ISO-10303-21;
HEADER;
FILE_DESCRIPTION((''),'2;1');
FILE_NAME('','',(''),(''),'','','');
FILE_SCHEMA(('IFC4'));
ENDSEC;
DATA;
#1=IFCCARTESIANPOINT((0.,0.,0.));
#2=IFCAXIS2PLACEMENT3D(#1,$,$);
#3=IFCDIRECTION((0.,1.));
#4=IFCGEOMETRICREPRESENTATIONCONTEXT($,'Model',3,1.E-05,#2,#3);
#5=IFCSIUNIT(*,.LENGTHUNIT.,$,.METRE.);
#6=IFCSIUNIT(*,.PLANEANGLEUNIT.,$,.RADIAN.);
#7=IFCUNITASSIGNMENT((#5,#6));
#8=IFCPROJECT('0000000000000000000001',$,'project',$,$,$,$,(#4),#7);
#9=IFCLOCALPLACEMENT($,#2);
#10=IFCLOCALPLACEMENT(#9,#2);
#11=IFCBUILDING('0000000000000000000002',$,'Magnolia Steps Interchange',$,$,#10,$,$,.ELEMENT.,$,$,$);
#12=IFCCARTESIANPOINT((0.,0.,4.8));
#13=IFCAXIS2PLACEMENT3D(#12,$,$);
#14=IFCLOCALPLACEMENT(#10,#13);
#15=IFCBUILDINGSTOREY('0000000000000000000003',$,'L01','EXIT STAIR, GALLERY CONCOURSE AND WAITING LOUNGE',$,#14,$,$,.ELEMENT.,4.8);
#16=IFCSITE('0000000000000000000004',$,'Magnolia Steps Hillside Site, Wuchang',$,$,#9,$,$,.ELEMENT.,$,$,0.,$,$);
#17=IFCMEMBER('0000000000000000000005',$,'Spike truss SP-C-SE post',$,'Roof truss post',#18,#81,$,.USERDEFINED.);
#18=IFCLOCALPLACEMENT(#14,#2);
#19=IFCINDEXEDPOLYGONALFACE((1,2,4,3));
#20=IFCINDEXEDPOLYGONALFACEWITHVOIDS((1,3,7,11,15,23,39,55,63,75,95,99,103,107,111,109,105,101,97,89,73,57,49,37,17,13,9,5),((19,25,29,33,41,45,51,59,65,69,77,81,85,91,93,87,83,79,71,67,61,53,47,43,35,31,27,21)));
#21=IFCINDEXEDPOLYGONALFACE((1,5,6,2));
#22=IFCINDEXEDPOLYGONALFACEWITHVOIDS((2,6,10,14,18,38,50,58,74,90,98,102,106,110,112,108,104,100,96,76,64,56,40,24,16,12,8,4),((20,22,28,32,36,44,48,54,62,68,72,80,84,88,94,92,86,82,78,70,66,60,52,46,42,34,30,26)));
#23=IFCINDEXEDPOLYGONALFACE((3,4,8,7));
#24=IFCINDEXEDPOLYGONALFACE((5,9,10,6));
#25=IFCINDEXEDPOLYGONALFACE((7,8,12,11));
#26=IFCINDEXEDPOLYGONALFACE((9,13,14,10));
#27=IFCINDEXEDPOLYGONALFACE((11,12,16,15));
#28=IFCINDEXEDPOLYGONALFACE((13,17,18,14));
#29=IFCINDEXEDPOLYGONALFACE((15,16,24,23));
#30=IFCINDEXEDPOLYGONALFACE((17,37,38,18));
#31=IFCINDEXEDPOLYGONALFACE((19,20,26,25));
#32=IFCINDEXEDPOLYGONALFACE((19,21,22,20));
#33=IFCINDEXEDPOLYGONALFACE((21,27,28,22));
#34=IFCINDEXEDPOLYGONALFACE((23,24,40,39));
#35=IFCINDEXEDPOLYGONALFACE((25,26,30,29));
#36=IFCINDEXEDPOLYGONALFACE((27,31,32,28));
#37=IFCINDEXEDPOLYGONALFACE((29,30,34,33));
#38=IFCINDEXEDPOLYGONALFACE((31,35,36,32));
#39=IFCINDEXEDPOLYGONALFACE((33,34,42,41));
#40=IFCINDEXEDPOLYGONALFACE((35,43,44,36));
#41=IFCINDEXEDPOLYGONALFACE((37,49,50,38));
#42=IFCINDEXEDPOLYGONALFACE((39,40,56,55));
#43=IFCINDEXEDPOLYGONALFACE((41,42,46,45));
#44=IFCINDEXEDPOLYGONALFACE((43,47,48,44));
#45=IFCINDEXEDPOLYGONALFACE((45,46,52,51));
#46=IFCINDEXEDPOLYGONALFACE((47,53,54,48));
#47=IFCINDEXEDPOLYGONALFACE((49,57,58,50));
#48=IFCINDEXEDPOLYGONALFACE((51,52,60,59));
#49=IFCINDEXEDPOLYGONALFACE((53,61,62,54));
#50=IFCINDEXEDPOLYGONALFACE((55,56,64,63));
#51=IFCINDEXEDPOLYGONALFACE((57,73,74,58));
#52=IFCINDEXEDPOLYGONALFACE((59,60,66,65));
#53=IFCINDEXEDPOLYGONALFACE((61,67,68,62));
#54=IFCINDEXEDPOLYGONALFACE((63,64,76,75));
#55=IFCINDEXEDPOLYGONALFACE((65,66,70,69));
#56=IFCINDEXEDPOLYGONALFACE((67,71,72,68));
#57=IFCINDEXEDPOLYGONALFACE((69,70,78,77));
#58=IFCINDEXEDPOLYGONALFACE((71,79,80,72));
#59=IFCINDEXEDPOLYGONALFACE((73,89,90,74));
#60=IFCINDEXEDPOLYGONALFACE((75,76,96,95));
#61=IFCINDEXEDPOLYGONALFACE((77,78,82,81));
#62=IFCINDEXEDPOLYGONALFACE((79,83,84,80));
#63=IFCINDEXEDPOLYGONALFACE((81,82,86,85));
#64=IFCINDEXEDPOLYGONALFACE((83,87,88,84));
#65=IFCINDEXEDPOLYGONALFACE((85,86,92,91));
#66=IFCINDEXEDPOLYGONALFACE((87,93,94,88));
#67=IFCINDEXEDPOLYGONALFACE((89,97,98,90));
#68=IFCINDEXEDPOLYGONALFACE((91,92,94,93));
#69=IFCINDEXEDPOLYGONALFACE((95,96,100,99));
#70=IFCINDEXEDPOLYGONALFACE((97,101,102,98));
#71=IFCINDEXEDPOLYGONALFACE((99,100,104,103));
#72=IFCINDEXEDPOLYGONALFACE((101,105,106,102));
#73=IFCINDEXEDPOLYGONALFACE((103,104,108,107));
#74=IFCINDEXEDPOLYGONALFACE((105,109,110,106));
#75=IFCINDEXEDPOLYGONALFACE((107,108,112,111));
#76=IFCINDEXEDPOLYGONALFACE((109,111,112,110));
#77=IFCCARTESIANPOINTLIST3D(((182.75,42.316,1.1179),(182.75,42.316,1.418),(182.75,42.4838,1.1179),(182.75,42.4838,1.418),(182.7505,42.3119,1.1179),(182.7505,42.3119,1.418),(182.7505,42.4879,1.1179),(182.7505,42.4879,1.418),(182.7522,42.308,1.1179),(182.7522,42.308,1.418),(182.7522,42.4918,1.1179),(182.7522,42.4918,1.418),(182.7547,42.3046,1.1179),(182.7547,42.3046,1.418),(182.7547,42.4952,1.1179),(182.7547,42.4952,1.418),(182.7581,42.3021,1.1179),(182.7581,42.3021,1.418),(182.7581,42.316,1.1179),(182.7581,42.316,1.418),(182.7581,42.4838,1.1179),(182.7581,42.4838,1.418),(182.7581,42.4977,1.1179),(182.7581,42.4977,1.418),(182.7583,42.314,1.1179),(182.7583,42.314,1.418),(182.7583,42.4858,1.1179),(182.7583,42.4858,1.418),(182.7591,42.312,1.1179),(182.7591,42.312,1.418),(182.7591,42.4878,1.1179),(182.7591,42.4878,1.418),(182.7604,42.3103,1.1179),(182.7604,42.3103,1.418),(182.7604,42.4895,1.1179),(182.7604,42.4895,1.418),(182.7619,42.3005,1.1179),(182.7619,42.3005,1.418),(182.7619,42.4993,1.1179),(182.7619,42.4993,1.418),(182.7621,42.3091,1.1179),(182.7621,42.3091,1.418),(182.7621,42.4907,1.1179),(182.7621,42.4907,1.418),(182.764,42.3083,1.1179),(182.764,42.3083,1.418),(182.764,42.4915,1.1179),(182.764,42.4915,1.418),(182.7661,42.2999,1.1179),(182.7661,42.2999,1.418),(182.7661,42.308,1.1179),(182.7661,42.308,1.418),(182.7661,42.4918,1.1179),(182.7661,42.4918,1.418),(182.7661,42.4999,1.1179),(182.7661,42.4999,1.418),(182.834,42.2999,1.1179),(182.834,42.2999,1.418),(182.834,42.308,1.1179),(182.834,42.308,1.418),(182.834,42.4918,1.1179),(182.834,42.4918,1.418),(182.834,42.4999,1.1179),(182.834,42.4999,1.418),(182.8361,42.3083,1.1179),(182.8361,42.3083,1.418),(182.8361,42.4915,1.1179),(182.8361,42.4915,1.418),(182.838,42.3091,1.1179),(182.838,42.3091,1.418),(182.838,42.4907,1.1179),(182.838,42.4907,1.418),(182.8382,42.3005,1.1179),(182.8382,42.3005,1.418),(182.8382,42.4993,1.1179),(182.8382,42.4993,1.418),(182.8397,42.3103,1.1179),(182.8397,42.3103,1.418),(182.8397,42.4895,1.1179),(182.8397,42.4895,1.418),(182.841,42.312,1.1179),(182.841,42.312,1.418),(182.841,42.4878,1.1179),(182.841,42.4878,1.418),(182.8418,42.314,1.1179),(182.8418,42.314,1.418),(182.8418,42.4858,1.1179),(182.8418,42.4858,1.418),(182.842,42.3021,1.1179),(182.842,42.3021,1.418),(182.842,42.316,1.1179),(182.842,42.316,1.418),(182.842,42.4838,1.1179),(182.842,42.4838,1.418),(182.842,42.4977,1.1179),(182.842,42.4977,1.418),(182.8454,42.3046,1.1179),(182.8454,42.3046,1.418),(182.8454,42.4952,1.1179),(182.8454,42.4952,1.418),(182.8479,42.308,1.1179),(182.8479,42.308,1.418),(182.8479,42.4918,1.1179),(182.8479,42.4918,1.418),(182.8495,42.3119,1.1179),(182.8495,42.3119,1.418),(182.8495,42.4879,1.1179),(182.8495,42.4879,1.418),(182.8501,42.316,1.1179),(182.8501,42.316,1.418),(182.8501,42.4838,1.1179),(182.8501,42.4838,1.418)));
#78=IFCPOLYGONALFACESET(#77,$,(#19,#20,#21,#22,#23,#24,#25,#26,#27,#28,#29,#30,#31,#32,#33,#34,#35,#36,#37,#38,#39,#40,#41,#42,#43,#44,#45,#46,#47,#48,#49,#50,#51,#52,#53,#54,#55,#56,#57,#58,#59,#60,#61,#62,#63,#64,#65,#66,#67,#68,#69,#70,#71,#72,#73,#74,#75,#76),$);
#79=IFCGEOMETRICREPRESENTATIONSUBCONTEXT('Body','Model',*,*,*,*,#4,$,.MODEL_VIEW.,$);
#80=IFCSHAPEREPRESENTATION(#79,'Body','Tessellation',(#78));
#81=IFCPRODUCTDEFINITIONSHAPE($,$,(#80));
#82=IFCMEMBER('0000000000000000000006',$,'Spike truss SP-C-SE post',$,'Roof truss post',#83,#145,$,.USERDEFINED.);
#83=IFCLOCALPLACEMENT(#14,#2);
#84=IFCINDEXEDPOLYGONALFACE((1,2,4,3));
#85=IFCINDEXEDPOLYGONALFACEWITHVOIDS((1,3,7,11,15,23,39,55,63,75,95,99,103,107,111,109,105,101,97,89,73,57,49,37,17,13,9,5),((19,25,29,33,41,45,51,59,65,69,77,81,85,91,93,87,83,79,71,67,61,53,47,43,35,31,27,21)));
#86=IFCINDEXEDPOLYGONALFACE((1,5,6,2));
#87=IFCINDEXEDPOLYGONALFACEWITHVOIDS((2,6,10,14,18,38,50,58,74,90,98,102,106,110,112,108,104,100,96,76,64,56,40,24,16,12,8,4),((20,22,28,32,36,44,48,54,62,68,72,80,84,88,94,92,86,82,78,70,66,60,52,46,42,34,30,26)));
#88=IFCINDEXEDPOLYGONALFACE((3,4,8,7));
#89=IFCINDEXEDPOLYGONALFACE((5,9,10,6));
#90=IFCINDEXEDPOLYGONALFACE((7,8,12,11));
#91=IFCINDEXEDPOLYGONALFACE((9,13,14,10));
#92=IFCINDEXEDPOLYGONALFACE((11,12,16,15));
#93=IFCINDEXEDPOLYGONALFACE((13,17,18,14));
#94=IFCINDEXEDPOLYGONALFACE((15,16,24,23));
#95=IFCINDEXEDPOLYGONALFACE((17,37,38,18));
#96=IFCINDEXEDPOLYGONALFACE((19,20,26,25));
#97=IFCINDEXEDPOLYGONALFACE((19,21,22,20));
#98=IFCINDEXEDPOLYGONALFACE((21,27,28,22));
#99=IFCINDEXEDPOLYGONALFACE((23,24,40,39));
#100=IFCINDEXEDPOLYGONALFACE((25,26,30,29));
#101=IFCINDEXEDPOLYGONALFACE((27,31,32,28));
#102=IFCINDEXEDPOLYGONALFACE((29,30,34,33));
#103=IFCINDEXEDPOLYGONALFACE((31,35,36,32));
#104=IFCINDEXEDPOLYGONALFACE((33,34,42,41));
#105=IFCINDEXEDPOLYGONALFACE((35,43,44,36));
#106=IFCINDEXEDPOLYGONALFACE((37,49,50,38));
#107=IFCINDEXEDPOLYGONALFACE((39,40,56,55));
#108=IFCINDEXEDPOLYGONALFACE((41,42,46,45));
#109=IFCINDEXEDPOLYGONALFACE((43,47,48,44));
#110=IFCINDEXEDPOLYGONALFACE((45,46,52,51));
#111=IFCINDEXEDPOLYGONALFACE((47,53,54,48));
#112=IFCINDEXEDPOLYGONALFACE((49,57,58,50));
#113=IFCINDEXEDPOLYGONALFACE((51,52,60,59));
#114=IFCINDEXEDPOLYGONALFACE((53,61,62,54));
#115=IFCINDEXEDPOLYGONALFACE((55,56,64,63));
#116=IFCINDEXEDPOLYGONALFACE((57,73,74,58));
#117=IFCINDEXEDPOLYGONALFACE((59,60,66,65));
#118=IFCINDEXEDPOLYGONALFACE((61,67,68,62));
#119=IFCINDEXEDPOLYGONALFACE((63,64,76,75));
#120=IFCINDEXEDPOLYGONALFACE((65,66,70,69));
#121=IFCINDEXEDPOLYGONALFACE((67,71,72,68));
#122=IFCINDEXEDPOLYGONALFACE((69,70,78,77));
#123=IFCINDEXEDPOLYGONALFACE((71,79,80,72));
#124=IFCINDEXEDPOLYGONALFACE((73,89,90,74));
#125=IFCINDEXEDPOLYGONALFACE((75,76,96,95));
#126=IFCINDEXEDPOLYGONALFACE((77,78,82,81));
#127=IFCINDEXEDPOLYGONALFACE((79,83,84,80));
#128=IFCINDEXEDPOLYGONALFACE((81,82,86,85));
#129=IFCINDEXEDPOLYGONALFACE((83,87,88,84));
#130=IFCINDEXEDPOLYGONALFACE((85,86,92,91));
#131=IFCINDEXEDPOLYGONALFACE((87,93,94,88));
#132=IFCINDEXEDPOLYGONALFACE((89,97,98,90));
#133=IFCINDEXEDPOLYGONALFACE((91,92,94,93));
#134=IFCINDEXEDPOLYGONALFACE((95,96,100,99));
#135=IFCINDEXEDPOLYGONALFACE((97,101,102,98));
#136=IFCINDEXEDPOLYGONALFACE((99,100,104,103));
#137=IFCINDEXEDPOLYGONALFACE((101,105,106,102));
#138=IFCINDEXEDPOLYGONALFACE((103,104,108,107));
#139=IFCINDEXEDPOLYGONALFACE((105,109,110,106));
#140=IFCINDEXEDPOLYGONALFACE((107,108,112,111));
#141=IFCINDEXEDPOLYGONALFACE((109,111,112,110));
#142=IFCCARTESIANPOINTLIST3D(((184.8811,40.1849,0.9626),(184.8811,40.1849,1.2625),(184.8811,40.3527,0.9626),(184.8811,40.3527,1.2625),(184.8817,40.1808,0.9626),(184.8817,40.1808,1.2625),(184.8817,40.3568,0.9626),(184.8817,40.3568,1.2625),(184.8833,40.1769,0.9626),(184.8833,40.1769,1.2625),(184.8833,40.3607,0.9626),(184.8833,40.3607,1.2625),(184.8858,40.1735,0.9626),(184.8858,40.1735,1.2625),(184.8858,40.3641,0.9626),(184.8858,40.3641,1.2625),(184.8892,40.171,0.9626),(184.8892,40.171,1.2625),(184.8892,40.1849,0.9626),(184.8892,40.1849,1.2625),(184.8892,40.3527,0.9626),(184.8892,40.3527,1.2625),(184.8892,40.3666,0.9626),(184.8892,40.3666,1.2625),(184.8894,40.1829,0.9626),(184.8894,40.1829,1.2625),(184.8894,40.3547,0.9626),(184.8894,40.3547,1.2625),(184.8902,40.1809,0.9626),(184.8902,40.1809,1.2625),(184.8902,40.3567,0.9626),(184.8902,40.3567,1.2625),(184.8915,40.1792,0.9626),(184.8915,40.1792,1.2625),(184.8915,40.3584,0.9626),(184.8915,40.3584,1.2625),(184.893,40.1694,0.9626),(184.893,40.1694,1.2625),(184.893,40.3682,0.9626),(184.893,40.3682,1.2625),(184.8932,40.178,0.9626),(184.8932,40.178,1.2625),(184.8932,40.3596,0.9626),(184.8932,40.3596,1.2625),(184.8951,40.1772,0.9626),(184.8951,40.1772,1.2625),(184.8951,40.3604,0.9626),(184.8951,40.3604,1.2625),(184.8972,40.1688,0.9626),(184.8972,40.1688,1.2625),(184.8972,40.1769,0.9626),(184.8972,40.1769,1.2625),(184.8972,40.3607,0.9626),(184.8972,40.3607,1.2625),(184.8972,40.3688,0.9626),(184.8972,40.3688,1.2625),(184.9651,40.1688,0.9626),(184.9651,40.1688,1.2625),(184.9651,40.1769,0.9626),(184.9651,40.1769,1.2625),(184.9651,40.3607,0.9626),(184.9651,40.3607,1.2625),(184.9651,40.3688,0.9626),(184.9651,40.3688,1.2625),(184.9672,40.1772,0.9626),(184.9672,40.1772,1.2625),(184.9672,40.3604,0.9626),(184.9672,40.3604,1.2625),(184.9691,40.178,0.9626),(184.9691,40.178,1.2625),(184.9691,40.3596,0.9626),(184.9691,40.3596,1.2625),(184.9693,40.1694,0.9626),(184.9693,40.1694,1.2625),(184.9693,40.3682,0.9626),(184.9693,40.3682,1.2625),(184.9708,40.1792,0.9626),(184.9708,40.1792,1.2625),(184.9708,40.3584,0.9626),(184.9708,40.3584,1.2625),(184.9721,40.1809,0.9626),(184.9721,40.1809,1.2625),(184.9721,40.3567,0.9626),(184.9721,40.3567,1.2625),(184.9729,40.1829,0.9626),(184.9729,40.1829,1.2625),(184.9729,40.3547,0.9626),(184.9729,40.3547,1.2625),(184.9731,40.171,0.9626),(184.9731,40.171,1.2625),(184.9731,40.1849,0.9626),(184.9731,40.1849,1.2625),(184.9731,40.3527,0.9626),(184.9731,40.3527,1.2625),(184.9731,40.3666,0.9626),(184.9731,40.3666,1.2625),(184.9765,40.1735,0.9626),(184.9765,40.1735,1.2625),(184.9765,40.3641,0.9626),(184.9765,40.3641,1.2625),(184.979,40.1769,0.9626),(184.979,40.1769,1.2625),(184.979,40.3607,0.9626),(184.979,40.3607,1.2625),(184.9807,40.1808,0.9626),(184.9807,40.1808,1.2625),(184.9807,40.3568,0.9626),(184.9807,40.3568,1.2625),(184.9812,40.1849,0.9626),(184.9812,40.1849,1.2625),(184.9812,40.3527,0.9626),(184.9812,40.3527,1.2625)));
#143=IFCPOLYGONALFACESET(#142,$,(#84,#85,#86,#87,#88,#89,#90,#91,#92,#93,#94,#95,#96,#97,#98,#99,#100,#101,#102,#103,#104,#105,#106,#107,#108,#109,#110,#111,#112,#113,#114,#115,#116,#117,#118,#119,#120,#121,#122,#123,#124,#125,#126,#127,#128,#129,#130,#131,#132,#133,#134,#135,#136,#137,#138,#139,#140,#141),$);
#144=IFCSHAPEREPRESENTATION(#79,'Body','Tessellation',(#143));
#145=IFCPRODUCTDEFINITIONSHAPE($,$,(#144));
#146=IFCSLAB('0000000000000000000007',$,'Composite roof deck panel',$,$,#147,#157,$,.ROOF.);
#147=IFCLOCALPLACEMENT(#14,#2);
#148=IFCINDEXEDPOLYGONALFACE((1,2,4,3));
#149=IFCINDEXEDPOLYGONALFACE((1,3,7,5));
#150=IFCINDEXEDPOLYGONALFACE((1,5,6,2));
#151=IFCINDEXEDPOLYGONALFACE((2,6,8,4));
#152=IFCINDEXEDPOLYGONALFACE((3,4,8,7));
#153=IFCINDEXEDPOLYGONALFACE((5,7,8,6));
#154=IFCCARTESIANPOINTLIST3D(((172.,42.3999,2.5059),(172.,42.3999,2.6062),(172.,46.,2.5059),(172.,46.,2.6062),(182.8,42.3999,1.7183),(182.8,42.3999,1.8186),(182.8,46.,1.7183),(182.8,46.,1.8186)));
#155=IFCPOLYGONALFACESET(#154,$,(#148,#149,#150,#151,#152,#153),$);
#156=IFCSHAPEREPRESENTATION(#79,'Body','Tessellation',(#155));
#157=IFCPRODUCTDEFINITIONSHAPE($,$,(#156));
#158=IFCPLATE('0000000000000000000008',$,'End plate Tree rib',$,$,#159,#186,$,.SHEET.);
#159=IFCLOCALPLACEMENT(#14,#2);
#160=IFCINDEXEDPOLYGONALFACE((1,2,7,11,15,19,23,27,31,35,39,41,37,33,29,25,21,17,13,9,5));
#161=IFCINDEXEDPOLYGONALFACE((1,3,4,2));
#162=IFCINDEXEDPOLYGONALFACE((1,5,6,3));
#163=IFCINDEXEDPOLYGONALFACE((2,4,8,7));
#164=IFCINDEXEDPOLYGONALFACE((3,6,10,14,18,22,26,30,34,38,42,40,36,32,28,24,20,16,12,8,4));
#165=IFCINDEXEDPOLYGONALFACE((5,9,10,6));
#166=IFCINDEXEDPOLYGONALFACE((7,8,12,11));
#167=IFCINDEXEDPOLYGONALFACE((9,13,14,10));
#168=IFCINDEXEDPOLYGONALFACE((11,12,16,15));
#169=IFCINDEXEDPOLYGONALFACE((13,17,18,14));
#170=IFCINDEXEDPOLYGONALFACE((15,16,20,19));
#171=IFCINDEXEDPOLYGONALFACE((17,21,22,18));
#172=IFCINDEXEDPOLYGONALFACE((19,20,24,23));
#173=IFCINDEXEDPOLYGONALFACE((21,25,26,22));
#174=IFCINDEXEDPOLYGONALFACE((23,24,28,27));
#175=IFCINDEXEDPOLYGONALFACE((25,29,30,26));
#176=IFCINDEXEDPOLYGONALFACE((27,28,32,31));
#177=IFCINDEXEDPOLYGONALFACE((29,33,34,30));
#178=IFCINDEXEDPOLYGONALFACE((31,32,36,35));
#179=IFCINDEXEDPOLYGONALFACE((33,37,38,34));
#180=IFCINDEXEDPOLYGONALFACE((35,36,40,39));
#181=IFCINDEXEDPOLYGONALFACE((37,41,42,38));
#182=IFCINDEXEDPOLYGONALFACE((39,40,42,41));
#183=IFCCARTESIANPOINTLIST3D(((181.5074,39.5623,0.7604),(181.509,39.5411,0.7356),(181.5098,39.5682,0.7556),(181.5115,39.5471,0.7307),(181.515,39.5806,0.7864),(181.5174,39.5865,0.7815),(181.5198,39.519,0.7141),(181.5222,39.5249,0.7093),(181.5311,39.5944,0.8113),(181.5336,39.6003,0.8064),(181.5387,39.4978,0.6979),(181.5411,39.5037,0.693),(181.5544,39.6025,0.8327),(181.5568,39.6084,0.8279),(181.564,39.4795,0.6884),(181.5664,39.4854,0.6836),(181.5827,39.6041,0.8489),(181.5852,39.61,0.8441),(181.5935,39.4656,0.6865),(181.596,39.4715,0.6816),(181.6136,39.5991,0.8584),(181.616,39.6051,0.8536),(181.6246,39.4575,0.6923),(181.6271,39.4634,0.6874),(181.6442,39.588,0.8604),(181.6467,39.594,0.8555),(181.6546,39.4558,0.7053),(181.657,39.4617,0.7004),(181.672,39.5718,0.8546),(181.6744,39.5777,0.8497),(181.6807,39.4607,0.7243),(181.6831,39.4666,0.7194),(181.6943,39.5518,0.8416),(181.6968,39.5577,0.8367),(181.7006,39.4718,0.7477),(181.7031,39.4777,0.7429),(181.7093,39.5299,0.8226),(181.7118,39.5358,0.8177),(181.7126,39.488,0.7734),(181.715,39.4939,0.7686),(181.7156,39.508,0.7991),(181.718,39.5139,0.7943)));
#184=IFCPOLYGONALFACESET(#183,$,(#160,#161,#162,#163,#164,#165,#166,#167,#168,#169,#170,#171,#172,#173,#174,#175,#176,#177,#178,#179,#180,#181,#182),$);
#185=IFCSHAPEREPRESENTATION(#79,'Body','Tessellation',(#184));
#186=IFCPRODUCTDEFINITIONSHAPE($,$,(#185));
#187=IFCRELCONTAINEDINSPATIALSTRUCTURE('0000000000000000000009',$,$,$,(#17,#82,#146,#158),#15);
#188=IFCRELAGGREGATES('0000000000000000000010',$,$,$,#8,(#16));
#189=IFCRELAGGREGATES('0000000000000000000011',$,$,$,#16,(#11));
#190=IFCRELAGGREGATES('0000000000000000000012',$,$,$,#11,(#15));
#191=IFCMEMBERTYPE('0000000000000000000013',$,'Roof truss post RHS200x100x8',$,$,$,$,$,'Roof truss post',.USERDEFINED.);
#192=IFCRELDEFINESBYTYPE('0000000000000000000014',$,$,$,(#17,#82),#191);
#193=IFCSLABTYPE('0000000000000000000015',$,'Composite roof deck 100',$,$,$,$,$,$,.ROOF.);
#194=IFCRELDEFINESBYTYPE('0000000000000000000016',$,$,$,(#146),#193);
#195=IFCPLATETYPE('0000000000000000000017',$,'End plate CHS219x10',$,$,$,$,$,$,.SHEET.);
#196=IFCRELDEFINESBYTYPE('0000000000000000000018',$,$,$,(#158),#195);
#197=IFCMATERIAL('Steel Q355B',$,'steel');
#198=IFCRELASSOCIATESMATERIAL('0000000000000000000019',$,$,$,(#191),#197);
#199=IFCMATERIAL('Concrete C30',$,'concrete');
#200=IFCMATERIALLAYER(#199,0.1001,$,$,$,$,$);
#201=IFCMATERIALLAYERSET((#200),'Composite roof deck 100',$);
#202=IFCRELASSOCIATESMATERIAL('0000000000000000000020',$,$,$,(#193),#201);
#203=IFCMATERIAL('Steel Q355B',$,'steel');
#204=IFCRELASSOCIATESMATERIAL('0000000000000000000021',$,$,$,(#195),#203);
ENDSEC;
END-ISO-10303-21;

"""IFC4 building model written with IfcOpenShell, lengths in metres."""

from ifc_helpers import new_model, si_unit, direction, frame, origin, origin_2d, place, context, subcontext, project, spatial, polyline, hollow_rectangle, circle, outline, extrude, material, layer, layer_set, material_profile, profile_set, type_object, element, save


model = new_model("IFC4")

# Units and contexts
model_context = context("Model", 3, precision=1e-05, world=origin(), true_north=direction((0.0, 1.0)))
body_context = subcontext(model_context, "Body", "Model", "MODEL_VIEW")
ifc_project = project(units=[si_unit("LENGTHUNIT", "METRE"), si_unit("PLANEANGLEUNIT", "RADIAN")], contexts=[model_context])

# Site, building, storey
site_placement = place(None, origin())
site = spatial("IfcSite", under=ifc_project, at=site_placement, Name="Magnolia Steps Hillside Site, Wuchang", CompositionType="ELEMENT", RefElevation=0.0)
building_placement = place(site_placement, origin())
building = spatial("IfcBuilding", under=site, at=building_placement, Name="Magnolia Steps Interchange", CompositionType="ELEMENT")
storey_placement = place(building_placement, frame((0.0, 0.0, 4.8)))
storey = spatial("IfcBuildingStorey", under=building, at=storey_placement, Name="L01", Description="EXIT STAIR, GALLERY CONCOURSE AND WAITING LOUNGE", CompositionType="ELEMENT", Elevation=4.8)

# Members
ifc_material_1 = material(Name="Steel Q355B", Category="steel")
ifc_material_profile_1 = material_profile(ifc_material_1, hollow_rectangle(XDim=0.1001, YDim=0.2, WallThickness=0.0081, InnerFilletRadius=0.0081, OuterFilletRadius=0.0161, at=origin_2d()), Name="RHS200x100x8")
ifc_profile_set_1 = profile_set([ifc_material_profile_1], Name="Steel Q355B")
member_type_1 = type_object("IfcMemberType", Name="Roof truss post RHS200x100x8", ElementType="Roof truss post", PredefinedType="USERDEFINED", material=ifc_profile_set_1)
member_1_placement = place(storey_placement, frame((182.8, 42.3999, 1.1179), z_axis=(0.0, 0.0, 1.0), x_axis=(1.0, 0.0, 0.0)))
element("IfcMember", 1, at=member_1_placement, inside=storey, type_object=member_type_1, Name="Spike truss SP-C-SE post", ObjectType="Roof truss post", PredefinedType="USERDEFINED", context=body_context, shape_type="SweptSolid", body=[
    extrude(hollow_rectangle(XDim=0.1001, YDim=0.2, WallThickness=0.0081, InnerFilletRadius=0.0081, OuterFilletRadius=0.0161, at=origin_2d()), origin(), (0.0, 0.0, 1.0), 0.3),
])
member_2_placement = place(storey_placement, frame((184.9312, 40.2688, 0.9626), z_axis=(0.0, 0.0, 1.0), x_axis=(1.0, 0.0, 0.0)))
element("IfcMember", 2, at=member_2_placement, inside=storey, type_object=member_type_1, Name="Spike truss SP-C-SE post", ObjectType="Roof truss post", PredefinedType="USERDEFINED", context=body_context, shape_type="SweptSolid", body=[
    extrude(hollow_rectangle(XDim=0.1001, YDim=0.2, WallThickness=0.0081, InnerFilletRadius=0.0081, OuterFilletRadius=0.0161, at=origin_2d()), origin(), (0.0, 0.0, 1.0), 0.2998),
])

# Slab
ifc_material_2 = material(Name="Concrete C30", Category="concrete")
ifc_layer_1 = layer(ifc_material_2, 0.1001)
ifc_layer_set_1 = layer_set([ifc_layer_1], Name="Composite roof deck 100")
slab_type_1 = type_object("IfcSlabType", Name="Composite roof deck 100", PredefinedType="ROOF", material=ifc_layer_set_1)
slab_1_placement = place(storey_placement, frame((182.8, 42.3999, 1.8186), z_axis=(0.072732, 0.0, 0.997352), x_axis=(0.0, 1.0, 0.0)))
element("IfcSlab", 3, at=slab_1_placement, inside=storey, type_object=slab_type_1, Name="Composite roof deck panel", PredefinedType="ROOF", context=body_context, shape_type="SweptSolid", body=[
    extrude(outline(polyline([(0.0, 0.0), (3.6001, 0.0), (3.6001, 10.8287), (0.0, 10.8287), (0.0, 0.0)])), origin(), (0.0, -0.072732, -0.997352), 0.1003),
])

# Plate
ifc_material_3 = material(Name="Steel Q355B", Category="steel")
ifc_material_profile_2 = material_profile(ifc_material_3, circle(Radius=0.1096, at=origin_2d()), Name="End plate CHS219x10")
ifc_profile_set_2 = profile_set([ifc_material_profile_2], Name="Steel Q355B")
plate_type_1 = type_object("IfcPlateType", Name="End plate CHS219x10", PredefinedType="SHEET", material=ifc_profile_set_2)
for number, where, z_axis, x_axis, name in (
    (4, (181.6138, 39.5359, 0.7686), (-0.304377, -0.734831, 0.606117), (0.92388, -0.382683, 0.0), "End plate Tree rib"),
):
    element("IfcPlate", number, at=place(storey_placement, frame(where, z_axis=z_axis, x_axis=x_axis)), inside=storey, type_object=plate_type_1, Name=name, PredefinedType="SHEET", context=body_context, shape_type="SweptSolid", body=[
        extrude(circle(Radius=0.1096, at=origin_2d()), origin(), (0.0, 0.0, 1.0), 0.0081),
    ])

save(model, "model.ifc")
